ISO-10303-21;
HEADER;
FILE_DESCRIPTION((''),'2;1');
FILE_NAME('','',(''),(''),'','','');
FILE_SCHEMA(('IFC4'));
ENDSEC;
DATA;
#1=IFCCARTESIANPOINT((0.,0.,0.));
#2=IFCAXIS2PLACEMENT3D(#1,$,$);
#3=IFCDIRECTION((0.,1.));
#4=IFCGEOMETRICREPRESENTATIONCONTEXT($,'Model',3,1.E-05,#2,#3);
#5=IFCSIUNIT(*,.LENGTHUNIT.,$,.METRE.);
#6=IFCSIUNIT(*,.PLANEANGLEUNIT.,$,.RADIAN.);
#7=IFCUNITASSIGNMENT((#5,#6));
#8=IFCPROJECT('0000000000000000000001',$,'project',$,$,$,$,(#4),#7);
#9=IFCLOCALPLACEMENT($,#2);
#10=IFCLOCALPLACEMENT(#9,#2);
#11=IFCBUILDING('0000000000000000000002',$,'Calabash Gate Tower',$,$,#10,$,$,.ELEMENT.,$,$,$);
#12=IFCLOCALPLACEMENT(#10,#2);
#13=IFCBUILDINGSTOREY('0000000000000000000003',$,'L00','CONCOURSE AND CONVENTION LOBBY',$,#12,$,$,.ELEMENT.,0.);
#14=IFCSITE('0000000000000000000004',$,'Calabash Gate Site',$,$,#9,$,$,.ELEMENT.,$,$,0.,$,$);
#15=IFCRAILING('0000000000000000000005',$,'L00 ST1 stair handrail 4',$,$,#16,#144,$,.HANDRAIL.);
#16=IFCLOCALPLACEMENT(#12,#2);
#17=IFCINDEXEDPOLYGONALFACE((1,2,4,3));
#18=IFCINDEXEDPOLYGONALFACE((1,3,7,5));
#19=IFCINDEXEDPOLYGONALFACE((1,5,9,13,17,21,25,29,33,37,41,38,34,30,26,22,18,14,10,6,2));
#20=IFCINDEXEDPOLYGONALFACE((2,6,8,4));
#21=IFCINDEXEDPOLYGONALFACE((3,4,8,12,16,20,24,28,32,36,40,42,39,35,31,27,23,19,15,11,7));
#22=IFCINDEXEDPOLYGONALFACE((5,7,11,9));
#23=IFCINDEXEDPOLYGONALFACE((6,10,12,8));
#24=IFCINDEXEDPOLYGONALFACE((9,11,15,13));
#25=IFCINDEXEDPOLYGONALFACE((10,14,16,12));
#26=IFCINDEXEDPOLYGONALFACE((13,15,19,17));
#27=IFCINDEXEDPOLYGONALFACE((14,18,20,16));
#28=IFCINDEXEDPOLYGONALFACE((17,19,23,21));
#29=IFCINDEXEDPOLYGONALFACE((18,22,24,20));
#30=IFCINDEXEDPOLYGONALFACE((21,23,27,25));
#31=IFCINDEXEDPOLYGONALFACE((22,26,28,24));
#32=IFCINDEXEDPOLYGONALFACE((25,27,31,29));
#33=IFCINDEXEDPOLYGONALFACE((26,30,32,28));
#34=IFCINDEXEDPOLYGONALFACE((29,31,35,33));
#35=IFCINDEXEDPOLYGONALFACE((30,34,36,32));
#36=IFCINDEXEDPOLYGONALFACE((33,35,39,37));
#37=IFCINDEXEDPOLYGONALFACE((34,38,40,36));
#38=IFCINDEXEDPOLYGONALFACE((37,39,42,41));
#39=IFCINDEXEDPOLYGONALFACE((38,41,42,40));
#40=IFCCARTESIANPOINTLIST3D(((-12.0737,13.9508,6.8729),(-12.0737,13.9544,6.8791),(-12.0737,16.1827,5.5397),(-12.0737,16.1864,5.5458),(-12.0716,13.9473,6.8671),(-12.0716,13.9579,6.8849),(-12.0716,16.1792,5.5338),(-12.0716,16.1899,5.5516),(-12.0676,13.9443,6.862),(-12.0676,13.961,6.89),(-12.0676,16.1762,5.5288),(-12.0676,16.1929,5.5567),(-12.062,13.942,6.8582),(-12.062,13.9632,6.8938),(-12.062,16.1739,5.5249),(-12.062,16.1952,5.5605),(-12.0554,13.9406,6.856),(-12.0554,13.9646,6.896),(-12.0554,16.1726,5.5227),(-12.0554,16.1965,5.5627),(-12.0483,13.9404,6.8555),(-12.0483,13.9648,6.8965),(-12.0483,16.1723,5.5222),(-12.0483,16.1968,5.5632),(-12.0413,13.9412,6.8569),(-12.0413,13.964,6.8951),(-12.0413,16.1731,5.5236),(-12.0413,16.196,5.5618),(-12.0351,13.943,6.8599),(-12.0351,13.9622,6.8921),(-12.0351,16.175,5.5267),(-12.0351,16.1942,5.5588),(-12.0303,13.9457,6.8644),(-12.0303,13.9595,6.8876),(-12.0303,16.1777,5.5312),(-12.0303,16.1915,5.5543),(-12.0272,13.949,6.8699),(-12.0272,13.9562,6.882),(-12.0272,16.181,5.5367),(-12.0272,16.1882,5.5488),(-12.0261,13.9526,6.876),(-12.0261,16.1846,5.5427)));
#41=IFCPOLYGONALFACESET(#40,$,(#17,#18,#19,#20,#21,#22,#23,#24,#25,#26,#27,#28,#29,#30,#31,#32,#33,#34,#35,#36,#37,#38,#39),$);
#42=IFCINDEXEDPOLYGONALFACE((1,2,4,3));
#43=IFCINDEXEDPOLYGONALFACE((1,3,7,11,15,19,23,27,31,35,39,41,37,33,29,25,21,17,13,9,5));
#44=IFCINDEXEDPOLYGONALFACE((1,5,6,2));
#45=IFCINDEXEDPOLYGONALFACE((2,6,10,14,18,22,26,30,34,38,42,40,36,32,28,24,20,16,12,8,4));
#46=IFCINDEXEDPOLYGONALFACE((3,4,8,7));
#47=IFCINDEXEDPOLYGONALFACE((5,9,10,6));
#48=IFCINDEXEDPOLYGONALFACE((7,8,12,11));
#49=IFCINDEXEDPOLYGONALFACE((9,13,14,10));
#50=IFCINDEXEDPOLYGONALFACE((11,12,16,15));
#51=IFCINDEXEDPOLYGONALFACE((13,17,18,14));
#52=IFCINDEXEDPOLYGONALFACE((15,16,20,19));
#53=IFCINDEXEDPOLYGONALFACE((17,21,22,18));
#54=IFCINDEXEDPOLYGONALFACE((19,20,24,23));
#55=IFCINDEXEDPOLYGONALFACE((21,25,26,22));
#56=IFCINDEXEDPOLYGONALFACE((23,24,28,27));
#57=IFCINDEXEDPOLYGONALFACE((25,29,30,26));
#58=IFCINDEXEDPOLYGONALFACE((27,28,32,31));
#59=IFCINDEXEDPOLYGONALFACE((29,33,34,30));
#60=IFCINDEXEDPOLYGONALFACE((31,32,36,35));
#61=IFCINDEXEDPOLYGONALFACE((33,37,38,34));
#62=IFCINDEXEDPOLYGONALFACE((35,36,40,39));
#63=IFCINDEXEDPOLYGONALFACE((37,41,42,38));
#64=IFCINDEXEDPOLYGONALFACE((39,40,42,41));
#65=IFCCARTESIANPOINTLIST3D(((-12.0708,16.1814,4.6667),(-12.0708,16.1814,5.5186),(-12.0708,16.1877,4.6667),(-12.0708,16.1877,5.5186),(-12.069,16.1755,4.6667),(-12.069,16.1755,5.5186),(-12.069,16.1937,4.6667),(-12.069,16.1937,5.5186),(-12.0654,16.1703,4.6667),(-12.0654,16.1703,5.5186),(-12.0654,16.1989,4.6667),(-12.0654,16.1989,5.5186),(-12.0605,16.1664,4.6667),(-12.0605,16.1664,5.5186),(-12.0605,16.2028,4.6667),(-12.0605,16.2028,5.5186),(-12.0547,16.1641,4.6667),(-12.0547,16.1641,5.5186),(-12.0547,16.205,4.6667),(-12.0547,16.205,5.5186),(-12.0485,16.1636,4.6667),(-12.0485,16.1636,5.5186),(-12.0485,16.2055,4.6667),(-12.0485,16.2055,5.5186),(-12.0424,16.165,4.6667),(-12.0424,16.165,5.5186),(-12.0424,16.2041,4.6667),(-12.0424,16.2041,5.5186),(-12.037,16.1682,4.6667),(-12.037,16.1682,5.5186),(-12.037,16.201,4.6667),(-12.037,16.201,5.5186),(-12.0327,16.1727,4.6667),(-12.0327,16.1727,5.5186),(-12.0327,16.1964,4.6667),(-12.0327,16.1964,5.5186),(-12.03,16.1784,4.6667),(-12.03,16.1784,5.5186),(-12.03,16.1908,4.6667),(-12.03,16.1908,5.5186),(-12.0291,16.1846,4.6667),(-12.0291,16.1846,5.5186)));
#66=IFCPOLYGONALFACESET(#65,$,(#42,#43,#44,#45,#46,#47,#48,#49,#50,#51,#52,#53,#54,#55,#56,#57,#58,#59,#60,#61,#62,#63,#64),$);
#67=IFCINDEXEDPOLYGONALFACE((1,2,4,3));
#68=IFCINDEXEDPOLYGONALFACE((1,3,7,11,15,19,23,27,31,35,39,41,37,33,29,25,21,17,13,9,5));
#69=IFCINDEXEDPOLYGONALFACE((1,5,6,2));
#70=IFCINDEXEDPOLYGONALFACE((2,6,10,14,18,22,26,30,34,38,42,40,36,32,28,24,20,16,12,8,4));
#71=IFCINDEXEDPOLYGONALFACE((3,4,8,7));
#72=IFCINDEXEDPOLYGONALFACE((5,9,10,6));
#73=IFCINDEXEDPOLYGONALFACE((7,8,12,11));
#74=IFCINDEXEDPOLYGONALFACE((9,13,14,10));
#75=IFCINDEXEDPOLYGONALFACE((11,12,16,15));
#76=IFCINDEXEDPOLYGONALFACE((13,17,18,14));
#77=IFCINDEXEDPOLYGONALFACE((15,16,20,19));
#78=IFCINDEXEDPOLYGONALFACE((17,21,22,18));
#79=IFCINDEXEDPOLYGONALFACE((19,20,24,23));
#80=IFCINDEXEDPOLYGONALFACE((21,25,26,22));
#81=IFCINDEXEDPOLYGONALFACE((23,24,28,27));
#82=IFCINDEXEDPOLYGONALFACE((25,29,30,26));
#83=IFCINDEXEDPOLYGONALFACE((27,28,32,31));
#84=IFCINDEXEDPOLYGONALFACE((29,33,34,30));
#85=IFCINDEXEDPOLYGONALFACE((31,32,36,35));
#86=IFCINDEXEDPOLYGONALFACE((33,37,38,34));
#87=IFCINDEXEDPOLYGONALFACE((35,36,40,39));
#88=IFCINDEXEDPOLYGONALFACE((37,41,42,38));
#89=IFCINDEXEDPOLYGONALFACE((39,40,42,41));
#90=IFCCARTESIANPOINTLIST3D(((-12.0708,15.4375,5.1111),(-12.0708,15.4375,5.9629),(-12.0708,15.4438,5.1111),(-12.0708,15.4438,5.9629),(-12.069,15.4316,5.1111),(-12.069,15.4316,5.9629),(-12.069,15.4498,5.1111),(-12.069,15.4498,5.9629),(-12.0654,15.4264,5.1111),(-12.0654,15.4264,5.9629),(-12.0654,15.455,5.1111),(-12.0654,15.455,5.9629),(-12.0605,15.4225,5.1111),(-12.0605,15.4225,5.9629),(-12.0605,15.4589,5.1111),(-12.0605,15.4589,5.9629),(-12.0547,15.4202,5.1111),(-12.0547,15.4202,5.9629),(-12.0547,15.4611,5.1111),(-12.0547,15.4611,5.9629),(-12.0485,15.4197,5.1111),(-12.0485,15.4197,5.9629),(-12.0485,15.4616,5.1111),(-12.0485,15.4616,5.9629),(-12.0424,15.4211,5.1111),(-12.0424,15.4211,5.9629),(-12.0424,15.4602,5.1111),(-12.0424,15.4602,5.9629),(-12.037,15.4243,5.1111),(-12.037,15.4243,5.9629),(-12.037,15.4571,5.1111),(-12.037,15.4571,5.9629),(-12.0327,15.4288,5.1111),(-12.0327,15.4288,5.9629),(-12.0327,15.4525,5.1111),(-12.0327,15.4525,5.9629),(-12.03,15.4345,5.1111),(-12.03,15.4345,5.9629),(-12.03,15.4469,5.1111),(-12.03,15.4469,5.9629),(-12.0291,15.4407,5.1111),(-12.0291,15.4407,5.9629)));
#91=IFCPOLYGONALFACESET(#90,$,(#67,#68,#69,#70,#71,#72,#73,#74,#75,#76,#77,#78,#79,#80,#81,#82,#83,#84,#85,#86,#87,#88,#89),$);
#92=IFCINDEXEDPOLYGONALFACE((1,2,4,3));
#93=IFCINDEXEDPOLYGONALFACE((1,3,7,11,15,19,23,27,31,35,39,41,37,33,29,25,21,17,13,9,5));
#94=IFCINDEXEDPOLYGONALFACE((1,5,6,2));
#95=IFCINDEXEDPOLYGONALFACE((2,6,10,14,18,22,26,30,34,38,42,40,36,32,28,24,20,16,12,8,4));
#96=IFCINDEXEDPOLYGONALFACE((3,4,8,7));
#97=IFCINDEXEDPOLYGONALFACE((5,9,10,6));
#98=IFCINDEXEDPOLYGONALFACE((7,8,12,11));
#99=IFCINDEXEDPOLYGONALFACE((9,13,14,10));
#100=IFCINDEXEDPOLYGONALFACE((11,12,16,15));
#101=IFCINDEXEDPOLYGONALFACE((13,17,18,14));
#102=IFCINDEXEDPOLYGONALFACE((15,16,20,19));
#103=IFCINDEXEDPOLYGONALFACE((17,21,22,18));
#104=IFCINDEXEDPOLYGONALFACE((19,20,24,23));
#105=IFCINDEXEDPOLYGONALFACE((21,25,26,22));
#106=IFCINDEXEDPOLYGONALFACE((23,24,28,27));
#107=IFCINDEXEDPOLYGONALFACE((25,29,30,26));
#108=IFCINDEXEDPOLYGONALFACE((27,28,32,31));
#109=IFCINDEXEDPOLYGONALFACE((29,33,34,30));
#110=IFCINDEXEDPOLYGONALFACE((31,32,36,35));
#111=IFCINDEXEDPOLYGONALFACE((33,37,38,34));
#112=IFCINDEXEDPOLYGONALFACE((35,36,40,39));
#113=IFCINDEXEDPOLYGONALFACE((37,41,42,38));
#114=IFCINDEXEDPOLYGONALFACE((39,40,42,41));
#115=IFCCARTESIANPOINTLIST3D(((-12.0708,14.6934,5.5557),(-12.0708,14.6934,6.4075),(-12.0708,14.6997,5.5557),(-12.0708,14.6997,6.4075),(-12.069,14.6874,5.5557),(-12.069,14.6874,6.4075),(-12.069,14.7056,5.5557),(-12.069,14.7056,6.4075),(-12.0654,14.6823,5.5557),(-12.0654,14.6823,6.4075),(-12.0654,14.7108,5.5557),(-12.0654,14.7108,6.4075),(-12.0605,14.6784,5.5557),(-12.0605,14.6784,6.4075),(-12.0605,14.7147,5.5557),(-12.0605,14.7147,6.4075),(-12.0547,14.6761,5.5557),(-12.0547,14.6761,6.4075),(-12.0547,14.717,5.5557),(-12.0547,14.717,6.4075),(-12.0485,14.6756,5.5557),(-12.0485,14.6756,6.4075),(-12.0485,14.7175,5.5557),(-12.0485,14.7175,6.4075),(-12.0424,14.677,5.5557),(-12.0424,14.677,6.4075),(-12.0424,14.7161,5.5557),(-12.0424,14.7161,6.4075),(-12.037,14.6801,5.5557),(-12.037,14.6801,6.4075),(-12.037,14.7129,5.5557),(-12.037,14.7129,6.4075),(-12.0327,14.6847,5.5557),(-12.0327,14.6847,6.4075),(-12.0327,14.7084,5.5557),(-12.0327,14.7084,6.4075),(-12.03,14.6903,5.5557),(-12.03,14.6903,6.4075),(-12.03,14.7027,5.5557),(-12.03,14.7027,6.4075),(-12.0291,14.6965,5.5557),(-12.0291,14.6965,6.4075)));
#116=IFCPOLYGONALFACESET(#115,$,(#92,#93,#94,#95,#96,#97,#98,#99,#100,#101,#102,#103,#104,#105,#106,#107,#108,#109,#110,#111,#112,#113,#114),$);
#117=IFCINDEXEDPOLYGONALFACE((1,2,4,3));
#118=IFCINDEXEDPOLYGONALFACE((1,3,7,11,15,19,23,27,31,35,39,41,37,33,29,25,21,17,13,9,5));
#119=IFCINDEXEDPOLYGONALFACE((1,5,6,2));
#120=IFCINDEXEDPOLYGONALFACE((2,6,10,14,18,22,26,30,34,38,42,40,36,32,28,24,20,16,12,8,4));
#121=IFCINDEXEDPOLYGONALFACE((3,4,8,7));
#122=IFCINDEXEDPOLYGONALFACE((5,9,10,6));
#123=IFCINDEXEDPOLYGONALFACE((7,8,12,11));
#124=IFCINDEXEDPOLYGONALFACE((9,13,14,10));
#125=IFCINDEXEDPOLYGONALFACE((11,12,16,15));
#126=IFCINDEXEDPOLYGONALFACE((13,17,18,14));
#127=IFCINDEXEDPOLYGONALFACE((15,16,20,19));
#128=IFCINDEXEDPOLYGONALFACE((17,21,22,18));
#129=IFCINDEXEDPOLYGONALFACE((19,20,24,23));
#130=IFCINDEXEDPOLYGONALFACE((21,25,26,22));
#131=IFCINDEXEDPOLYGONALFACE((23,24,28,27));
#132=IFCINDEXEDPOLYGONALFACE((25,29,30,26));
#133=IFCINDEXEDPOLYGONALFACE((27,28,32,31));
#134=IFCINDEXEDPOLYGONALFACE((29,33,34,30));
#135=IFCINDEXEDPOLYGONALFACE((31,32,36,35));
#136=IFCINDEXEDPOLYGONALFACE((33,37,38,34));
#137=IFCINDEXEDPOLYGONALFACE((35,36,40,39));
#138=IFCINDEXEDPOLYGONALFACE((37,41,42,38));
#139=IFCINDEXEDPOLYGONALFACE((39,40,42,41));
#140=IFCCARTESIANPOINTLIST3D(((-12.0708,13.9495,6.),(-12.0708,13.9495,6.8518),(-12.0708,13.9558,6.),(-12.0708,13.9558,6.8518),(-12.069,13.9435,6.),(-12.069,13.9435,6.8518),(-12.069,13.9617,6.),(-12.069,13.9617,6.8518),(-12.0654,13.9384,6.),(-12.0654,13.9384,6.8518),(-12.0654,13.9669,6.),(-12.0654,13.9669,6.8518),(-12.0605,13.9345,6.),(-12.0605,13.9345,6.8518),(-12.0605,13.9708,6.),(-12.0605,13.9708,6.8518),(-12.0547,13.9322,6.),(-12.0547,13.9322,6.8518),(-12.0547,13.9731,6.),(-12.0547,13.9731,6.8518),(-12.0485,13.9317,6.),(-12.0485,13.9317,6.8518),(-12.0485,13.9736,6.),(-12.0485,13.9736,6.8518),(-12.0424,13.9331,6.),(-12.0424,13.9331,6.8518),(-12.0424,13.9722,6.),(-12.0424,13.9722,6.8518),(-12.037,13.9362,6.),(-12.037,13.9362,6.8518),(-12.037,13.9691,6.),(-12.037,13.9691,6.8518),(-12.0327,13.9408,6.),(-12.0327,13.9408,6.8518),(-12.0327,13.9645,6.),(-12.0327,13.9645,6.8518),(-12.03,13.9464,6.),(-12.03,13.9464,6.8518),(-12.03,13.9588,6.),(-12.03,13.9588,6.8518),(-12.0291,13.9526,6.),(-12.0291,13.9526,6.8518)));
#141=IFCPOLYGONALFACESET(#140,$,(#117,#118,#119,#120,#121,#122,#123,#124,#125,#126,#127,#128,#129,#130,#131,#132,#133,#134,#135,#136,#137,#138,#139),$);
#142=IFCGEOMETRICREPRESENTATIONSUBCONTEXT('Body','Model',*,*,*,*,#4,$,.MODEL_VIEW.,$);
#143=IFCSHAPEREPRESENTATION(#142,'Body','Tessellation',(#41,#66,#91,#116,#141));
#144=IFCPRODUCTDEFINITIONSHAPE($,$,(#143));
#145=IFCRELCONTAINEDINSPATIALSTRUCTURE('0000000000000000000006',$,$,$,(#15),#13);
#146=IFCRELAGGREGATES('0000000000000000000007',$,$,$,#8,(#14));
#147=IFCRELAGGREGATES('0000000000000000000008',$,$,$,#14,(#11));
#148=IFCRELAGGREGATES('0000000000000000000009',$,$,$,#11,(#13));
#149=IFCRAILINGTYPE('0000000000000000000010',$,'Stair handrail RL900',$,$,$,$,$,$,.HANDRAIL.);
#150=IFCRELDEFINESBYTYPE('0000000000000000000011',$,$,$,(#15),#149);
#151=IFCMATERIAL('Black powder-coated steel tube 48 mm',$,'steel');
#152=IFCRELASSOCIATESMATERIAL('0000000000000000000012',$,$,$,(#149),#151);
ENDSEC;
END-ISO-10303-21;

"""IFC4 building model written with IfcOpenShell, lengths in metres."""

from ifc_helpers import new_model, si_unit, direction, frame, origin, origin_2d, place, context, subcontext, project, spatial, circle, extrude, material, type_object, element, save


model = new_model("IFC4")

# Units and contexts
model_context = context("Model", 3, precision=1e-05, world=origin(), true_north=direction((0.0, 1.0)))
body_context = subcontext(model_context, "Body", "Model", "MODEL_VIEW")
ifc_project = project(units=[si_unit("LENGTHUNIT", "METRE"), si_unit("PLANEANGLEUNIT", "RADIAN")], contexts=[model_context])

# Site, building, storey
site_placement = place(None, origin())
site = spatial("IfcSite", under=ifc_project, at=site_placement, Name="Calabash Gate Site", CompositionType="ELEMENT", RefElevation=0.0)
building_placement = place(site_placement, origin())
building = spatial("IfcBuilding", under=site, at=building_placement, Name="Calabash Gate Tower", CompositionType="ELEMENT")
storey_placement = place(building_placement, origin())
storey = spatial("IfcBuildingStorey", under=building, at=storey_placement, Name="L00", Description="CONCOURSE AND CONVENTION LOBBY", CompositionType="ELEMENT", Elevation=0.0)

# Railing
ifc_material_1 = material(Name="Black powder-coated steel tube 48 mm", Category="steel")
railing_type = type_object("IfcRailingType", Name="Stair handrail RL900", PredefinedType="HANDRAIL", material=ifc_material_1)
for number, where, name in (
    (1, (-12.05, 16.1846, 4.6667), "L00 ST1 stair handrail 4"),
):
    element("IfcRailing", number, at=place(storey_placement, frame(where)), inside=storey, type_object=railing_type, Name=name, PredefinedType="HANDRAIL", context=body_context, shape_type="SweptSolid", body=[
        extrude(circle(Radius=0.0239, at=origin_2d()), frame((0.0, 0.0, 0.876), z_axis=(0.0, -0.858494, 0.512824), x_axis=(1.0, 0.0, 0.0)), (0.0, 0.0, 1.0), 2.5999),
        extrude(circle(Radius=0.021, at=origin_2d()), origin(), (0.0, 0.0, 1.0), 0.8518),
        extrude(circle(Radius=0.021, at=origin_2d()), frame((0.0, -0.7439, 0.4443)), (0.0, 0.0, 1.0), 0.8518),
        extrude(circle(Radius=0.021, at=origin_2d()), frame((0.0, -1.488, 0.8889)), (0.0, 0.0, 1.0), 0.8518),
        extrude(circle(Radius=0.021, at=origin_2d()), frame((0.0, -2.2319, 1.3333)), (0.0, 0.0, 1.0), 0.8518),
    ])

save(model, "model.ifc")
